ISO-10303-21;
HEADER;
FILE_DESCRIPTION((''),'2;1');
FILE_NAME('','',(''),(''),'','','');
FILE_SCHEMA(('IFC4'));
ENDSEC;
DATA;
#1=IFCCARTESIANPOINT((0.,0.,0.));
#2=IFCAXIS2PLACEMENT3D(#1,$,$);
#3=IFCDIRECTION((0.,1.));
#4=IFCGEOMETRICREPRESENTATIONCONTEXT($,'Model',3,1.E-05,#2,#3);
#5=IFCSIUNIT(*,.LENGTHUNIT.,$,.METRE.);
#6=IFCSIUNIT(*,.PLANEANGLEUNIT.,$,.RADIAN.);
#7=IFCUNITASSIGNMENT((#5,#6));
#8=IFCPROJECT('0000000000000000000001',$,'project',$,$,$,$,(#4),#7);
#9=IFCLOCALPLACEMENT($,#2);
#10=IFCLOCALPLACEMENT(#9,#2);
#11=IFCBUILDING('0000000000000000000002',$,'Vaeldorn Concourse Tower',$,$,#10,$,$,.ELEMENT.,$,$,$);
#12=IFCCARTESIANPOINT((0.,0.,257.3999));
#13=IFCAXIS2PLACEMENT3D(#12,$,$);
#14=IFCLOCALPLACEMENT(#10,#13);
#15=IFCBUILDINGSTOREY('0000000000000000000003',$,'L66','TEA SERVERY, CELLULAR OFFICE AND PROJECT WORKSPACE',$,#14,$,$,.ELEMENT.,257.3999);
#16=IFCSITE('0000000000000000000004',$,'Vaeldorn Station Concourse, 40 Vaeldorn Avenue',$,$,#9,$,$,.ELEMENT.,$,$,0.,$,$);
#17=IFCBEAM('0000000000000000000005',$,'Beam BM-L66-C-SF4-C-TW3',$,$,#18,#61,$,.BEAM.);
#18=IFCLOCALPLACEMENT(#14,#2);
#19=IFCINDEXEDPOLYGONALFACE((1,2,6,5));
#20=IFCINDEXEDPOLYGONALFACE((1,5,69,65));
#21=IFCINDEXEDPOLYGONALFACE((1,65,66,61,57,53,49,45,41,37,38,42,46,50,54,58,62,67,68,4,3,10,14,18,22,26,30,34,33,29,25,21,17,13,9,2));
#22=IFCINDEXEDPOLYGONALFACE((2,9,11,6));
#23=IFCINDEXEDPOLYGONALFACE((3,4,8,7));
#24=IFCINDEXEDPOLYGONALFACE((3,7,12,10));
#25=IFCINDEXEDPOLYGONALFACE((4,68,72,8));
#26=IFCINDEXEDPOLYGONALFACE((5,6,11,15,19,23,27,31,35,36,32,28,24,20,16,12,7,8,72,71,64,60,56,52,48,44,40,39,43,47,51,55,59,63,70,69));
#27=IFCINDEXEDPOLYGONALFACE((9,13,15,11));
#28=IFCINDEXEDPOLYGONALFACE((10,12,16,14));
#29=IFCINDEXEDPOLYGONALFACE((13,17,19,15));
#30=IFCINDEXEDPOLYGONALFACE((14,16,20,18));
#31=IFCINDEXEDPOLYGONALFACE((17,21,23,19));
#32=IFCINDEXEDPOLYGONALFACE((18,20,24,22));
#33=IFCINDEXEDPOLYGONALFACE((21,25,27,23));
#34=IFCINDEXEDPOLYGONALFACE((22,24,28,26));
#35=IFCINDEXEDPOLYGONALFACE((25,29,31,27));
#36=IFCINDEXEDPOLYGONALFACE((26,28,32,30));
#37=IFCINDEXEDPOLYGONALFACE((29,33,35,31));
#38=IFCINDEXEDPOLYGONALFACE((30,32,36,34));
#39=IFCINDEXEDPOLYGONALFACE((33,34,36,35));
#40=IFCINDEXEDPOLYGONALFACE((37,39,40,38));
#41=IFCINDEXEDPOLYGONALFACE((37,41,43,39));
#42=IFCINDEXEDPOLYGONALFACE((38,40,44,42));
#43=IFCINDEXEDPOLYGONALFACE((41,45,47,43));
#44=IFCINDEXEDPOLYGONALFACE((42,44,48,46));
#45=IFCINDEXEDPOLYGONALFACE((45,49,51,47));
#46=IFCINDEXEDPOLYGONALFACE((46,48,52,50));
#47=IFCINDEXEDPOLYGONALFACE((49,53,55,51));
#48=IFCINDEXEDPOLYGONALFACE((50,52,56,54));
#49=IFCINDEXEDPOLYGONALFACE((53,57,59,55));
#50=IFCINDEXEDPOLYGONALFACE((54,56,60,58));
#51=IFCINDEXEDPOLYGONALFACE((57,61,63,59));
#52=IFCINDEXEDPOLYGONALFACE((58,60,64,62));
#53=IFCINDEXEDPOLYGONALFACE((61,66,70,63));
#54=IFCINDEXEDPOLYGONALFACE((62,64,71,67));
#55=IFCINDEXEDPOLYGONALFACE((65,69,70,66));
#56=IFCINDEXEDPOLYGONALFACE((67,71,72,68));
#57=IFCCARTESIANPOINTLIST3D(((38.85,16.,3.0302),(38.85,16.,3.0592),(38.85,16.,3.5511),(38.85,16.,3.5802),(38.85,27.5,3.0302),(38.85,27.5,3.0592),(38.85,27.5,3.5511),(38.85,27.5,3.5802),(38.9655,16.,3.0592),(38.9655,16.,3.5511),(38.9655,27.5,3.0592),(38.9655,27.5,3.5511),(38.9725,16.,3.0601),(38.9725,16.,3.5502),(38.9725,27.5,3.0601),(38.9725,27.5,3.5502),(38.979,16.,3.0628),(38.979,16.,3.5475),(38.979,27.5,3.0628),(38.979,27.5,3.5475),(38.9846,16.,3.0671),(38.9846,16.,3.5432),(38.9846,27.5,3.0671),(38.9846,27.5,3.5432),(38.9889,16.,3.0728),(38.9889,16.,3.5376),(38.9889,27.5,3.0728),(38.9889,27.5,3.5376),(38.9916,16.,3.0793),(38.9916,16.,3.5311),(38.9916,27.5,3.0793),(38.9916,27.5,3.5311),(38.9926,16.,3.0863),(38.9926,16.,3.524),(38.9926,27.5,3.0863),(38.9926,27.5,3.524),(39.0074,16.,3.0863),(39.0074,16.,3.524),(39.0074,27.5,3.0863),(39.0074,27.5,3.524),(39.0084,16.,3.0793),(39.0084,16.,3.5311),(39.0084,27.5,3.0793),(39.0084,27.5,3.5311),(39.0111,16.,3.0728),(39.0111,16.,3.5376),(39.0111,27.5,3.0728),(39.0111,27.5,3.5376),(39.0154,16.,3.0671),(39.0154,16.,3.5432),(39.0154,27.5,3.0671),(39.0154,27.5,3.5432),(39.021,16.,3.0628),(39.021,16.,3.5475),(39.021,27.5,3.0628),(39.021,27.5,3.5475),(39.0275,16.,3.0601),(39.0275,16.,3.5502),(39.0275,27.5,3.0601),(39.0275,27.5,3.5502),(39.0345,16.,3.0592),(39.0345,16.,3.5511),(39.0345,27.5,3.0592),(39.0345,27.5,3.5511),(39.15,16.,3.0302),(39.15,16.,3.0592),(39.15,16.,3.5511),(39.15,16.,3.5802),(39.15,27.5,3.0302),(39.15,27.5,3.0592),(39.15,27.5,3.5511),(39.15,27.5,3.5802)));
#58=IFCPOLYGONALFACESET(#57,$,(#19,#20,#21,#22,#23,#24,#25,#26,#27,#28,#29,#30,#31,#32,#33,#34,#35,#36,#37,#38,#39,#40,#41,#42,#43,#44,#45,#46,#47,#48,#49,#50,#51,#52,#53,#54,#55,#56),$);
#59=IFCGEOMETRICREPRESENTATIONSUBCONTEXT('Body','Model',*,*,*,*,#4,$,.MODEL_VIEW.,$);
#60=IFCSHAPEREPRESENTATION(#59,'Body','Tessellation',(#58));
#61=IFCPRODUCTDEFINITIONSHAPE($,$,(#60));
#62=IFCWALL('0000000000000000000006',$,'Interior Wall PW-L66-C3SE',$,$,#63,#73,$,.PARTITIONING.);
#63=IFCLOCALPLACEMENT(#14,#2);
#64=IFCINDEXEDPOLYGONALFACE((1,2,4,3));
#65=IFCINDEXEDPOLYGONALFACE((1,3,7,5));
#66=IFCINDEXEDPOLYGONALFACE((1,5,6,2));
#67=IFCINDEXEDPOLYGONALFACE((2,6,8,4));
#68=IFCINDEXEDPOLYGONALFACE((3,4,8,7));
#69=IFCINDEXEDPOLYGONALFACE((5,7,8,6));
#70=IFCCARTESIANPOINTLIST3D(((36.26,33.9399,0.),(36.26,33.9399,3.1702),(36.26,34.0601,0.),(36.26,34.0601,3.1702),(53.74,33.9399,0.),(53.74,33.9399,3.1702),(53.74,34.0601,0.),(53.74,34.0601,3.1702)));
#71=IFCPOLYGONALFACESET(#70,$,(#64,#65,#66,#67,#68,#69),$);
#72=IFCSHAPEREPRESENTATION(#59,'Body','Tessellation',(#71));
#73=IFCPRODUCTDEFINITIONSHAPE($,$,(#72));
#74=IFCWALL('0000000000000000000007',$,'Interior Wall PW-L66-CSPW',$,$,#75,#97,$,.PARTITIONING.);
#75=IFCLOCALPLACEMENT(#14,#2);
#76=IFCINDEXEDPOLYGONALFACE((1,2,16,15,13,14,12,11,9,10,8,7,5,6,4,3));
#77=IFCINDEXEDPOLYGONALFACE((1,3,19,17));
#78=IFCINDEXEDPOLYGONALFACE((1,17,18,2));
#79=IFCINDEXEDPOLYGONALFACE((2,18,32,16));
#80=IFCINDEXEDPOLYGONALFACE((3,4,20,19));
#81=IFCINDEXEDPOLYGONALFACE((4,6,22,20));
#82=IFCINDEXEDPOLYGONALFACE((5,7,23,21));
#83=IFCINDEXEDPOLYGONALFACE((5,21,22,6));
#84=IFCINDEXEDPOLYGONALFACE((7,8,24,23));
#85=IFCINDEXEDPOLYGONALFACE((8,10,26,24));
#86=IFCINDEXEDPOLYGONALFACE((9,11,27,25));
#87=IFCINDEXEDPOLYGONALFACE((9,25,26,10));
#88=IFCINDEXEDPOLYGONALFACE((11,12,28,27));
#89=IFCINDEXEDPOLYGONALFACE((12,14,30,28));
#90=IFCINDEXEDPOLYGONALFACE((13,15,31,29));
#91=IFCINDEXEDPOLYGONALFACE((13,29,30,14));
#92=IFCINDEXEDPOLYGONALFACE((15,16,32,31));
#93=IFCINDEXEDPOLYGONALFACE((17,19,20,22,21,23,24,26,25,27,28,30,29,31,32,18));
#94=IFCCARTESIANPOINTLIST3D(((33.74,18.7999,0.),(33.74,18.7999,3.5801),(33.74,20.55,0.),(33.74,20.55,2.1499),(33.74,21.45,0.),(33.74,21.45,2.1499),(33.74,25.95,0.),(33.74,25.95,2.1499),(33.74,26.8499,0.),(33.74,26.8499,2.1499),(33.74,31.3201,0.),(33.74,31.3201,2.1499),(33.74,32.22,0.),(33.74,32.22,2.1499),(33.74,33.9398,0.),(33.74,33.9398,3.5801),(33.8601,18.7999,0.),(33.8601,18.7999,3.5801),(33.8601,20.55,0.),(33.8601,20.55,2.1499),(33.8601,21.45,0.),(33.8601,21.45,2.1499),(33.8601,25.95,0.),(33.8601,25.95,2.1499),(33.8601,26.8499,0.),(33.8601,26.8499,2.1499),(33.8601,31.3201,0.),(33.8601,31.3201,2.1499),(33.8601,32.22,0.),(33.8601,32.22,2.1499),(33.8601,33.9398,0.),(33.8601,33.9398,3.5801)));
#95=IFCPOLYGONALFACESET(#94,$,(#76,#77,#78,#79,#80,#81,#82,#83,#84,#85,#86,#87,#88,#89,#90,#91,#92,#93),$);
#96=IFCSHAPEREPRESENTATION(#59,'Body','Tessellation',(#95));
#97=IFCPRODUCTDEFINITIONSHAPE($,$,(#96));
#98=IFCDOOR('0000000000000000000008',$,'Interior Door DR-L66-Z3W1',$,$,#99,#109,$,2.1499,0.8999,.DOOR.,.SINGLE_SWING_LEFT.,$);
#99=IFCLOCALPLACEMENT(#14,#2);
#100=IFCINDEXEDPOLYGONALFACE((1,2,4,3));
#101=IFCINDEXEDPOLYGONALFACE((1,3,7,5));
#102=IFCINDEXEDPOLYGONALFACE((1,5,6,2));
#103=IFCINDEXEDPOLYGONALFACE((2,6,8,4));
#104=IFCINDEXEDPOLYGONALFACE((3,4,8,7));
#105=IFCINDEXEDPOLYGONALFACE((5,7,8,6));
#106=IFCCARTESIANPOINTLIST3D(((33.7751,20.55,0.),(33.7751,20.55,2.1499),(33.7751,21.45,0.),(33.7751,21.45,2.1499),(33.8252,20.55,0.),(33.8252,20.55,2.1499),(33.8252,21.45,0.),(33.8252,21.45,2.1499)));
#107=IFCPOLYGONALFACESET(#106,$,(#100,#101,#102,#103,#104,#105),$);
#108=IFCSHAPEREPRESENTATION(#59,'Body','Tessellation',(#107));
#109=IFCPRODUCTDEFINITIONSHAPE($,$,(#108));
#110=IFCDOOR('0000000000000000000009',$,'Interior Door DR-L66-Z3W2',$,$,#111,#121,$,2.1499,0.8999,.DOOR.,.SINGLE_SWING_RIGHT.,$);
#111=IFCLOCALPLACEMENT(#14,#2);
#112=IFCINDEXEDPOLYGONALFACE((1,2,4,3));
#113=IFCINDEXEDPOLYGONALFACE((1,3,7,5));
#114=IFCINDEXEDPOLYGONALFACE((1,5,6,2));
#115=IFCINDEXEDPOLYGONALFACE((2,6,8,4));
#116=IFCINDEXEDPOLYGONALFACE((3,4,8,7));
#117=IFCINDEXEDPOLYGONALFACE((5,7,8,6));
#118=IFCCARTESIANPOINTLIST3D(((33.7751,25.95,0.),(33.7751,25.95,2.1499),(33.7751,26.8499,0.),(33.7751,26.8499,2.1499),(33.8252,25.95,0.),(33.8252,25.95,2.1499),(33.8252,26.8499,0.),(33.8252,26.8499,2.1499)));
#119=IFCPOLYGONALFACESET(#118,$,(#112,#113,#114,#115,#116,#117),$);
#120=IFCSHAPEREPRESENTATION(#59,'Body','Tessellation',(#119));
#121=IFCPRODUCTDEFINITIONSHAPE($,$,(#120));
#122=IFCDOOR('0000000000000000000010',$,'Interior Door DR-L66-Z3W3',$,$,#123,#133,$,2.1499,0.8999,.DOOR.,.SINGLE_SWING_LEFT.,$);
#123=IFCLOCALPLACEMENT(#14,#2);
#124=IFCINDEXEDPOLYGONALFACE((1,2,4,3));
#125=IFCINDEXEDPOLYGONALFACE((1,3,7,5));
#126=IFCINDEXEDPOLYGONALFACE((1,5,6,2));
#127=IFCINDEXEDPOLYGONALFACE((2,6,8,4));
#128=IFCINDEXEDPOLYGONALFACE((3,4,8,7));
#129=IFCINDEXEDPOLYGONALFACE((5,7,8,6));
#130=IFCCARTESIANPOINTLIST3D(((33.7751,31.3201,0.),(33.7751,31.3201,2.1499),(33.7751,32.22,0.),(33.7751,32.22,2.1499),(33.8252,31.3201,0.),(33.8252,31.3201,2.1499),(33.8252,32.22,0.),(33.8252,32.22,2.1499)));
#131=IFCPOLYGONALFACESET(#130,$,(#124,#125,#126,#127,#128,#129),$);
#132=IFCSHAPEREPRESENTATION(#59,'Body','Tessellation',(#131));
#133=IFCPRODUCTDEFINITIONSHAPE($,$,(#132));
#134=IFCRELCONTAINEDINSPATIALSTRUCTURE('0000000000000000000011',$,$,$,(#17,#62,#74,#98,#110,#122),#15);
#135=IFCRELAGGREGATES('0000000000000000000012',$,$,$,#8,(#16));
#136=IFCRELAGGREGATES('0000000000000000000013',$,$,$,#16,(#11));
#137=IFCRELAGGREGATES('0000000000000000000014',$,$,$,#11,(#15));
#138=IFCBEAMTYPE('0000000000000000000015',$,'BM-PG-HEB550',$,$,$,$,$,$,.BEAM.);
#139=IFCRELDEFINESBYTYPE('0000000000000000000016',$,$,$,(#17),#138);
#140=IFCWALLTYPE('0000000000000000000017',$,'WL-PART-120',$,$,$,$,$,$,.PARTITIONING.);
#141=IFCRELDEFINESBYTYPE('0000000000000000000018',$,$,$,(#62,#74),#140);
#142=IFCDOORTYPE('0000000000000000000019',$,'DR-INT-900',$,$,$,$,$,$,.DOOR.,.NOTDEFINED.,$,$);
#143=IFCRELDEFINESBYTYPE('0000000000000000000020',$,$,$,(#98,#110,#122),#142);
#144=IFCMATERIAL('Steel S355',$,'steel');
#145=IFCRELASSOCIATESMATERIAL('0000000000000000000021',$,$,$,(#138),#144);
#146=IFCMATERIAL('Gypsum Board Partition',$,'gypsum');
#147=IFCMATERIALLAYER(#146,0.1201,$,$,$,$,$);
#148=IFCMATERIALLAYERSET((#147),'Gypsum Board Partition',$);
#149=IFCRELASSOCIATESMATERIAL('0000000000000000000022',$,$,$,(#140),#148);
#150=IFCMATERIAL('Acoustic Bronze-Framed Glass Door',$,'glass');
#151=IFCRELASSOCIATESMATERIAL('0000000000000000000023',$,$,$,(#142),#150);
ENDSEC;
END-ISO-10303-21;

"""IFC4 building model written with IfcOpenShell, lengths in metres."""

from ifc_helpers import new_model, si_unit, direction, frame, frame_2d, origin, origin_2d, place, context, subcontext, project, spatial, rectangle, i_section, extrude, source, transform, mapped, material, layer, layer_set, material_profile, profile_set, type_object, element, fill, save


model = new_model("IFC4")

# Units and contexts
model_context = context("Model", 3, precision=1e-05, world=origin(), true_north=direction((0.0, 1.0)))
body_context = subcontext(model_context, "Body", "Model", "MODEL_VIEW")
ifc_project = project(units=[si_unit("LENGTHUNIT", "METRE"), si_unit("PLANEANGLEUNIT", "RADIAN")], contexts=[model_context])

# Site, building, storey
site_placement = place(None, origin())
site = spatial("IfcSite", under=ifc_project, at=site_placement, Name="Vaeldorn Station Concourse, 40 Vaeldorn Avenue", CompositionType="ELEMENT", RefElevation=0.0)
building_placement = place(site_placement, origin())
building = spatial("IfcBuilding", under=site, at=building_placement, Name="Vaeldorn Concourse Tower", CompositionType="ELEMENT")
storey_placement = place(building_placement, frame((0.0, 0.0, 257.3999)))
storey = spatial("IfcBuildingStorey", under=building, at=storey_placement, Name="L66", Description="TEA SERVERY, CELLULAR OFFICE AND PROJECT WORKSPACE", CompositionType="ELEMENT", Elevation=257.3999)

# Shared definitions
ifc_material_1 = material(Name="Steel S355", Category="steel")

# Beam
ifc_material_profile_1 = material_profile(ifc_material_1, i_section(OverallWidth=0.3, OverallDepth=0.55, WebThickness=0.0149, FlangeThickness=0.0291, FilletRadius=0.0271, at=origin_2d()), Name="HEB 550")
ifc_profile_set_1 = profile_set([ifc_material_profile_1], Name="Steel S355")
beam_type_1 = type_object("IfcBeamType", Name="BM-PG-HEB550", PredefinedType="BEAM", material=ifc_profile_set_1)
shared_shape_1 = source(origin(), body_context, "Body", "SweptSolid", [
    extrude(i_section(OverallWidth=0.3, OverallDepth=0.55, WebThickness=0.0149, FlangeThickness=0.0291, FilletRadius=0.0271, at=origin_2d()), origin(), (0.0, 0.0, 1.0), 11.5),
])
beam_1_placement = place(storey_placement, frame((39.0, 16.0, 3.3052), z_axis=(0.0, 1.0, 0.0), x_axis=(-1.0, 0.0, 0.0)))
element("IfcBeam", 1, at=beam_1_placement, inside=storey, type_object=beam_type_1, Name="Beam BM-L66-C-SF4-C-TW3", PredefinedType="BEAM", context=body_context, shape_type="MappedRepresentation", body=[
    mapped(shared_shape_1, transform((0.0, 0.0, 0.0), scale=1.0)),
])

# Wall
ifc_material_2 = material(Name="Gypsum Board Partition", Category="gypsum")
ifc_layer = layer(ifc_material_2, 0.1201)
ifc_layer_set = layer_set([ifc_layer], Name="Gypsum Board Partition")
wall_type = type_object("IfcWallType", Name="WL-PART-120", PredefinedType="PARTITIONING", material=ifc_layer_set)
wall_1_placement = place(storey_placement, frame((36.26, 34.0, 0.0), z_axis=(0.0, 0.0, 1.0), x_axis=(1.0, 0.0, 0.0)))
element("IfcWall", 2, at=wall_1_placement, inside=storey, type_object=wall_type, Name="Interior Wall PW-L66-C3SE", PredefinedType="PARTITIONING", context=body_context, shape_type="SweptSolid", body=[
    extrude(rectangle(XDim=17.48, YDim=0.1201, at=frame_2d((8.74, 0.0))), origin(), (0.0, 0.0, 1.0), 3.1702),
])

# Wall, openings, doors
wall_2_placement = place(storey_placement, frame((33.8, 18.8, 0.0), z_axis=(0.0, 0.0, 1.0), x_axis=(0.0, 1.0, 0.0)))
wall_2 = element("IfcWall", 3, at=wall_2_placement, inside=storey, type_object=wall_type, Name="Interior Wall PW-L66-CSPW", PredefinedType="PARTITIONING", context=body_context, shape_type="SweptSolid", body=[
    extrude(rectangle(XDim=15.1399, YDim=0.1201, at=frame_2d((7.5698, 0.0))), origin(), (0.0, 0.0, 1.0), 3.5801),
])
opening_1_placement = place(wall_2_placement, frame((1.75, 0.0, 0.0)))
opening_1 = element("IfcOpeningElement", 4, at=opening_1_placement, cuts=wall_2, PredefinedType="OPENING", context=body_context, shape_type="SweptSolid", body=[
    extrude(rectangle(XDim=0.8999, YDim=2.1499, at=frame_2d((0.45, 1.075))), frame((0.0, 0.0701, 0.0), z_axis=(0.0, -1.0, 0.0), x_axis=(1.0, 0.0, 0.0)), (0.0, 0.0, 1.0), 0.1401),
])
opening_2_placement = place(wall_2_placement, frame((7.1499, 0.0, 0.0)))
opening_2 = element("IfcOpeningElement", 5, at=opening_2_placement, cuts=wall_2, PredefinedType="OPENING", context=body_context, shape_type="SweptSolid", body=[
    extrude(rectangle(XDim=0.8999, YDim=2.1499, at=frame_2d((0.45, 1.075))), frame((0.0, 0.0701, 0.0), z_axis=(0.0, -1.0, 0.0), x_axis=(1.0, 0.0, 0.0)), (0.0, 0.0, 1.0), 0.1401),
])
opening_3_placement = place(wall_2_placement, frame((12.52, 0.0, 0.0)))
opening_3 = element("IfcOpeningElement", 6, at=opening_3_placement, cuts=wall_2, PredefinedType="OPENING", context=body_context, shape_type="SweptSolid", body=[
    extrude(rectangle(XDim=0.8999, YDim=2.1499, at=frame_2d((0.45, 1.075))), frame((0.0, 0.0701, 0.0), z_axis=(0.0, -1.0, 0.0), x_axis=(1.0, 0.0, 0.0)), (0.0, 0.0, 1.0), 0.1401),
])
ifc_material_3 = material(Name="Acoustic Bronze-Framed Glass Door", Category="glass")
door_type = type_object("IfcDoorType", Name="DR-INT-900", OperationType="NOTDEFINED", PredefinedType="DOOR", material=ifc_material_3)
shared_shape_2 = source(origin(), body_context, "Body", "SweptSolid", [
    extrude(rectangle(XDim=0.8999, YDim=2.1499, at=frame_2d((0.45, 1.075))), frame((0.0, 0.0249, 0.0), z_axis=(0.0, -1.0, 0.0), x_axis=(1.0, 0.0, 0.0)), (0.0, 0.0, 1.0), 0.05),
])
door_1_placement = place(opening_1_placement, origin())
door_1 = element("IfcDoor", 7, at=door_1_placement, inside=storey, type_object=door_type, Name="Interior Door DR-L66-Z3W1", OperationType="SINGLE_SWING_LEFT", OverallHeight=2.1499, OverallWidth=0.8999, PredefinedType="DOOR", context=body_context, shape_type="MappedRepresentation", body=[
    mapped(shared_shape_2, transform((0.0, 0.0, 0.0), scale=1.0)),
])
fill(opening_1, door_1)
door_2_placement = place(opening_2_placement, origin())
door_2 = element("IfcDoor", 8, at=door_2_placement, inside=storey, type_object=door_type, Name="Interior Door DR-L66-Z3W2", OperationType="SINGLE_SWING_RIGHT", OverallHeight=2.1499, OverallWidth=0.8999, PredefinedType="DOOR", context=body_context, shape_type="MappedRepresentation", body=[
    mapped(shared_shape_2, transform((0.0, 0.0, 0.0), scale=1.0)),
])
fill(opening_2, door_2)
door_3_placement = place(opening_3_placement, origin())
door_3 = element("IfcDoor", 9, at=door_3_placement, inside=storey, type_object=door_type, Name="Interior Door DR-L66-Z3W3", OperationType="SINGLE_SWING_LEFT", OverallHeight=2.1499, OverallWidth=0.8999, PredefinedType="DOOR", context=body_context, shape_type="MappedRepresentation", body=[
    mapped(shared_shape_2, transform((0.0, 0.0, 0.0), scale=1.0)),
])
fill(opening_3, door_3)

save(model, "model.ifc")
